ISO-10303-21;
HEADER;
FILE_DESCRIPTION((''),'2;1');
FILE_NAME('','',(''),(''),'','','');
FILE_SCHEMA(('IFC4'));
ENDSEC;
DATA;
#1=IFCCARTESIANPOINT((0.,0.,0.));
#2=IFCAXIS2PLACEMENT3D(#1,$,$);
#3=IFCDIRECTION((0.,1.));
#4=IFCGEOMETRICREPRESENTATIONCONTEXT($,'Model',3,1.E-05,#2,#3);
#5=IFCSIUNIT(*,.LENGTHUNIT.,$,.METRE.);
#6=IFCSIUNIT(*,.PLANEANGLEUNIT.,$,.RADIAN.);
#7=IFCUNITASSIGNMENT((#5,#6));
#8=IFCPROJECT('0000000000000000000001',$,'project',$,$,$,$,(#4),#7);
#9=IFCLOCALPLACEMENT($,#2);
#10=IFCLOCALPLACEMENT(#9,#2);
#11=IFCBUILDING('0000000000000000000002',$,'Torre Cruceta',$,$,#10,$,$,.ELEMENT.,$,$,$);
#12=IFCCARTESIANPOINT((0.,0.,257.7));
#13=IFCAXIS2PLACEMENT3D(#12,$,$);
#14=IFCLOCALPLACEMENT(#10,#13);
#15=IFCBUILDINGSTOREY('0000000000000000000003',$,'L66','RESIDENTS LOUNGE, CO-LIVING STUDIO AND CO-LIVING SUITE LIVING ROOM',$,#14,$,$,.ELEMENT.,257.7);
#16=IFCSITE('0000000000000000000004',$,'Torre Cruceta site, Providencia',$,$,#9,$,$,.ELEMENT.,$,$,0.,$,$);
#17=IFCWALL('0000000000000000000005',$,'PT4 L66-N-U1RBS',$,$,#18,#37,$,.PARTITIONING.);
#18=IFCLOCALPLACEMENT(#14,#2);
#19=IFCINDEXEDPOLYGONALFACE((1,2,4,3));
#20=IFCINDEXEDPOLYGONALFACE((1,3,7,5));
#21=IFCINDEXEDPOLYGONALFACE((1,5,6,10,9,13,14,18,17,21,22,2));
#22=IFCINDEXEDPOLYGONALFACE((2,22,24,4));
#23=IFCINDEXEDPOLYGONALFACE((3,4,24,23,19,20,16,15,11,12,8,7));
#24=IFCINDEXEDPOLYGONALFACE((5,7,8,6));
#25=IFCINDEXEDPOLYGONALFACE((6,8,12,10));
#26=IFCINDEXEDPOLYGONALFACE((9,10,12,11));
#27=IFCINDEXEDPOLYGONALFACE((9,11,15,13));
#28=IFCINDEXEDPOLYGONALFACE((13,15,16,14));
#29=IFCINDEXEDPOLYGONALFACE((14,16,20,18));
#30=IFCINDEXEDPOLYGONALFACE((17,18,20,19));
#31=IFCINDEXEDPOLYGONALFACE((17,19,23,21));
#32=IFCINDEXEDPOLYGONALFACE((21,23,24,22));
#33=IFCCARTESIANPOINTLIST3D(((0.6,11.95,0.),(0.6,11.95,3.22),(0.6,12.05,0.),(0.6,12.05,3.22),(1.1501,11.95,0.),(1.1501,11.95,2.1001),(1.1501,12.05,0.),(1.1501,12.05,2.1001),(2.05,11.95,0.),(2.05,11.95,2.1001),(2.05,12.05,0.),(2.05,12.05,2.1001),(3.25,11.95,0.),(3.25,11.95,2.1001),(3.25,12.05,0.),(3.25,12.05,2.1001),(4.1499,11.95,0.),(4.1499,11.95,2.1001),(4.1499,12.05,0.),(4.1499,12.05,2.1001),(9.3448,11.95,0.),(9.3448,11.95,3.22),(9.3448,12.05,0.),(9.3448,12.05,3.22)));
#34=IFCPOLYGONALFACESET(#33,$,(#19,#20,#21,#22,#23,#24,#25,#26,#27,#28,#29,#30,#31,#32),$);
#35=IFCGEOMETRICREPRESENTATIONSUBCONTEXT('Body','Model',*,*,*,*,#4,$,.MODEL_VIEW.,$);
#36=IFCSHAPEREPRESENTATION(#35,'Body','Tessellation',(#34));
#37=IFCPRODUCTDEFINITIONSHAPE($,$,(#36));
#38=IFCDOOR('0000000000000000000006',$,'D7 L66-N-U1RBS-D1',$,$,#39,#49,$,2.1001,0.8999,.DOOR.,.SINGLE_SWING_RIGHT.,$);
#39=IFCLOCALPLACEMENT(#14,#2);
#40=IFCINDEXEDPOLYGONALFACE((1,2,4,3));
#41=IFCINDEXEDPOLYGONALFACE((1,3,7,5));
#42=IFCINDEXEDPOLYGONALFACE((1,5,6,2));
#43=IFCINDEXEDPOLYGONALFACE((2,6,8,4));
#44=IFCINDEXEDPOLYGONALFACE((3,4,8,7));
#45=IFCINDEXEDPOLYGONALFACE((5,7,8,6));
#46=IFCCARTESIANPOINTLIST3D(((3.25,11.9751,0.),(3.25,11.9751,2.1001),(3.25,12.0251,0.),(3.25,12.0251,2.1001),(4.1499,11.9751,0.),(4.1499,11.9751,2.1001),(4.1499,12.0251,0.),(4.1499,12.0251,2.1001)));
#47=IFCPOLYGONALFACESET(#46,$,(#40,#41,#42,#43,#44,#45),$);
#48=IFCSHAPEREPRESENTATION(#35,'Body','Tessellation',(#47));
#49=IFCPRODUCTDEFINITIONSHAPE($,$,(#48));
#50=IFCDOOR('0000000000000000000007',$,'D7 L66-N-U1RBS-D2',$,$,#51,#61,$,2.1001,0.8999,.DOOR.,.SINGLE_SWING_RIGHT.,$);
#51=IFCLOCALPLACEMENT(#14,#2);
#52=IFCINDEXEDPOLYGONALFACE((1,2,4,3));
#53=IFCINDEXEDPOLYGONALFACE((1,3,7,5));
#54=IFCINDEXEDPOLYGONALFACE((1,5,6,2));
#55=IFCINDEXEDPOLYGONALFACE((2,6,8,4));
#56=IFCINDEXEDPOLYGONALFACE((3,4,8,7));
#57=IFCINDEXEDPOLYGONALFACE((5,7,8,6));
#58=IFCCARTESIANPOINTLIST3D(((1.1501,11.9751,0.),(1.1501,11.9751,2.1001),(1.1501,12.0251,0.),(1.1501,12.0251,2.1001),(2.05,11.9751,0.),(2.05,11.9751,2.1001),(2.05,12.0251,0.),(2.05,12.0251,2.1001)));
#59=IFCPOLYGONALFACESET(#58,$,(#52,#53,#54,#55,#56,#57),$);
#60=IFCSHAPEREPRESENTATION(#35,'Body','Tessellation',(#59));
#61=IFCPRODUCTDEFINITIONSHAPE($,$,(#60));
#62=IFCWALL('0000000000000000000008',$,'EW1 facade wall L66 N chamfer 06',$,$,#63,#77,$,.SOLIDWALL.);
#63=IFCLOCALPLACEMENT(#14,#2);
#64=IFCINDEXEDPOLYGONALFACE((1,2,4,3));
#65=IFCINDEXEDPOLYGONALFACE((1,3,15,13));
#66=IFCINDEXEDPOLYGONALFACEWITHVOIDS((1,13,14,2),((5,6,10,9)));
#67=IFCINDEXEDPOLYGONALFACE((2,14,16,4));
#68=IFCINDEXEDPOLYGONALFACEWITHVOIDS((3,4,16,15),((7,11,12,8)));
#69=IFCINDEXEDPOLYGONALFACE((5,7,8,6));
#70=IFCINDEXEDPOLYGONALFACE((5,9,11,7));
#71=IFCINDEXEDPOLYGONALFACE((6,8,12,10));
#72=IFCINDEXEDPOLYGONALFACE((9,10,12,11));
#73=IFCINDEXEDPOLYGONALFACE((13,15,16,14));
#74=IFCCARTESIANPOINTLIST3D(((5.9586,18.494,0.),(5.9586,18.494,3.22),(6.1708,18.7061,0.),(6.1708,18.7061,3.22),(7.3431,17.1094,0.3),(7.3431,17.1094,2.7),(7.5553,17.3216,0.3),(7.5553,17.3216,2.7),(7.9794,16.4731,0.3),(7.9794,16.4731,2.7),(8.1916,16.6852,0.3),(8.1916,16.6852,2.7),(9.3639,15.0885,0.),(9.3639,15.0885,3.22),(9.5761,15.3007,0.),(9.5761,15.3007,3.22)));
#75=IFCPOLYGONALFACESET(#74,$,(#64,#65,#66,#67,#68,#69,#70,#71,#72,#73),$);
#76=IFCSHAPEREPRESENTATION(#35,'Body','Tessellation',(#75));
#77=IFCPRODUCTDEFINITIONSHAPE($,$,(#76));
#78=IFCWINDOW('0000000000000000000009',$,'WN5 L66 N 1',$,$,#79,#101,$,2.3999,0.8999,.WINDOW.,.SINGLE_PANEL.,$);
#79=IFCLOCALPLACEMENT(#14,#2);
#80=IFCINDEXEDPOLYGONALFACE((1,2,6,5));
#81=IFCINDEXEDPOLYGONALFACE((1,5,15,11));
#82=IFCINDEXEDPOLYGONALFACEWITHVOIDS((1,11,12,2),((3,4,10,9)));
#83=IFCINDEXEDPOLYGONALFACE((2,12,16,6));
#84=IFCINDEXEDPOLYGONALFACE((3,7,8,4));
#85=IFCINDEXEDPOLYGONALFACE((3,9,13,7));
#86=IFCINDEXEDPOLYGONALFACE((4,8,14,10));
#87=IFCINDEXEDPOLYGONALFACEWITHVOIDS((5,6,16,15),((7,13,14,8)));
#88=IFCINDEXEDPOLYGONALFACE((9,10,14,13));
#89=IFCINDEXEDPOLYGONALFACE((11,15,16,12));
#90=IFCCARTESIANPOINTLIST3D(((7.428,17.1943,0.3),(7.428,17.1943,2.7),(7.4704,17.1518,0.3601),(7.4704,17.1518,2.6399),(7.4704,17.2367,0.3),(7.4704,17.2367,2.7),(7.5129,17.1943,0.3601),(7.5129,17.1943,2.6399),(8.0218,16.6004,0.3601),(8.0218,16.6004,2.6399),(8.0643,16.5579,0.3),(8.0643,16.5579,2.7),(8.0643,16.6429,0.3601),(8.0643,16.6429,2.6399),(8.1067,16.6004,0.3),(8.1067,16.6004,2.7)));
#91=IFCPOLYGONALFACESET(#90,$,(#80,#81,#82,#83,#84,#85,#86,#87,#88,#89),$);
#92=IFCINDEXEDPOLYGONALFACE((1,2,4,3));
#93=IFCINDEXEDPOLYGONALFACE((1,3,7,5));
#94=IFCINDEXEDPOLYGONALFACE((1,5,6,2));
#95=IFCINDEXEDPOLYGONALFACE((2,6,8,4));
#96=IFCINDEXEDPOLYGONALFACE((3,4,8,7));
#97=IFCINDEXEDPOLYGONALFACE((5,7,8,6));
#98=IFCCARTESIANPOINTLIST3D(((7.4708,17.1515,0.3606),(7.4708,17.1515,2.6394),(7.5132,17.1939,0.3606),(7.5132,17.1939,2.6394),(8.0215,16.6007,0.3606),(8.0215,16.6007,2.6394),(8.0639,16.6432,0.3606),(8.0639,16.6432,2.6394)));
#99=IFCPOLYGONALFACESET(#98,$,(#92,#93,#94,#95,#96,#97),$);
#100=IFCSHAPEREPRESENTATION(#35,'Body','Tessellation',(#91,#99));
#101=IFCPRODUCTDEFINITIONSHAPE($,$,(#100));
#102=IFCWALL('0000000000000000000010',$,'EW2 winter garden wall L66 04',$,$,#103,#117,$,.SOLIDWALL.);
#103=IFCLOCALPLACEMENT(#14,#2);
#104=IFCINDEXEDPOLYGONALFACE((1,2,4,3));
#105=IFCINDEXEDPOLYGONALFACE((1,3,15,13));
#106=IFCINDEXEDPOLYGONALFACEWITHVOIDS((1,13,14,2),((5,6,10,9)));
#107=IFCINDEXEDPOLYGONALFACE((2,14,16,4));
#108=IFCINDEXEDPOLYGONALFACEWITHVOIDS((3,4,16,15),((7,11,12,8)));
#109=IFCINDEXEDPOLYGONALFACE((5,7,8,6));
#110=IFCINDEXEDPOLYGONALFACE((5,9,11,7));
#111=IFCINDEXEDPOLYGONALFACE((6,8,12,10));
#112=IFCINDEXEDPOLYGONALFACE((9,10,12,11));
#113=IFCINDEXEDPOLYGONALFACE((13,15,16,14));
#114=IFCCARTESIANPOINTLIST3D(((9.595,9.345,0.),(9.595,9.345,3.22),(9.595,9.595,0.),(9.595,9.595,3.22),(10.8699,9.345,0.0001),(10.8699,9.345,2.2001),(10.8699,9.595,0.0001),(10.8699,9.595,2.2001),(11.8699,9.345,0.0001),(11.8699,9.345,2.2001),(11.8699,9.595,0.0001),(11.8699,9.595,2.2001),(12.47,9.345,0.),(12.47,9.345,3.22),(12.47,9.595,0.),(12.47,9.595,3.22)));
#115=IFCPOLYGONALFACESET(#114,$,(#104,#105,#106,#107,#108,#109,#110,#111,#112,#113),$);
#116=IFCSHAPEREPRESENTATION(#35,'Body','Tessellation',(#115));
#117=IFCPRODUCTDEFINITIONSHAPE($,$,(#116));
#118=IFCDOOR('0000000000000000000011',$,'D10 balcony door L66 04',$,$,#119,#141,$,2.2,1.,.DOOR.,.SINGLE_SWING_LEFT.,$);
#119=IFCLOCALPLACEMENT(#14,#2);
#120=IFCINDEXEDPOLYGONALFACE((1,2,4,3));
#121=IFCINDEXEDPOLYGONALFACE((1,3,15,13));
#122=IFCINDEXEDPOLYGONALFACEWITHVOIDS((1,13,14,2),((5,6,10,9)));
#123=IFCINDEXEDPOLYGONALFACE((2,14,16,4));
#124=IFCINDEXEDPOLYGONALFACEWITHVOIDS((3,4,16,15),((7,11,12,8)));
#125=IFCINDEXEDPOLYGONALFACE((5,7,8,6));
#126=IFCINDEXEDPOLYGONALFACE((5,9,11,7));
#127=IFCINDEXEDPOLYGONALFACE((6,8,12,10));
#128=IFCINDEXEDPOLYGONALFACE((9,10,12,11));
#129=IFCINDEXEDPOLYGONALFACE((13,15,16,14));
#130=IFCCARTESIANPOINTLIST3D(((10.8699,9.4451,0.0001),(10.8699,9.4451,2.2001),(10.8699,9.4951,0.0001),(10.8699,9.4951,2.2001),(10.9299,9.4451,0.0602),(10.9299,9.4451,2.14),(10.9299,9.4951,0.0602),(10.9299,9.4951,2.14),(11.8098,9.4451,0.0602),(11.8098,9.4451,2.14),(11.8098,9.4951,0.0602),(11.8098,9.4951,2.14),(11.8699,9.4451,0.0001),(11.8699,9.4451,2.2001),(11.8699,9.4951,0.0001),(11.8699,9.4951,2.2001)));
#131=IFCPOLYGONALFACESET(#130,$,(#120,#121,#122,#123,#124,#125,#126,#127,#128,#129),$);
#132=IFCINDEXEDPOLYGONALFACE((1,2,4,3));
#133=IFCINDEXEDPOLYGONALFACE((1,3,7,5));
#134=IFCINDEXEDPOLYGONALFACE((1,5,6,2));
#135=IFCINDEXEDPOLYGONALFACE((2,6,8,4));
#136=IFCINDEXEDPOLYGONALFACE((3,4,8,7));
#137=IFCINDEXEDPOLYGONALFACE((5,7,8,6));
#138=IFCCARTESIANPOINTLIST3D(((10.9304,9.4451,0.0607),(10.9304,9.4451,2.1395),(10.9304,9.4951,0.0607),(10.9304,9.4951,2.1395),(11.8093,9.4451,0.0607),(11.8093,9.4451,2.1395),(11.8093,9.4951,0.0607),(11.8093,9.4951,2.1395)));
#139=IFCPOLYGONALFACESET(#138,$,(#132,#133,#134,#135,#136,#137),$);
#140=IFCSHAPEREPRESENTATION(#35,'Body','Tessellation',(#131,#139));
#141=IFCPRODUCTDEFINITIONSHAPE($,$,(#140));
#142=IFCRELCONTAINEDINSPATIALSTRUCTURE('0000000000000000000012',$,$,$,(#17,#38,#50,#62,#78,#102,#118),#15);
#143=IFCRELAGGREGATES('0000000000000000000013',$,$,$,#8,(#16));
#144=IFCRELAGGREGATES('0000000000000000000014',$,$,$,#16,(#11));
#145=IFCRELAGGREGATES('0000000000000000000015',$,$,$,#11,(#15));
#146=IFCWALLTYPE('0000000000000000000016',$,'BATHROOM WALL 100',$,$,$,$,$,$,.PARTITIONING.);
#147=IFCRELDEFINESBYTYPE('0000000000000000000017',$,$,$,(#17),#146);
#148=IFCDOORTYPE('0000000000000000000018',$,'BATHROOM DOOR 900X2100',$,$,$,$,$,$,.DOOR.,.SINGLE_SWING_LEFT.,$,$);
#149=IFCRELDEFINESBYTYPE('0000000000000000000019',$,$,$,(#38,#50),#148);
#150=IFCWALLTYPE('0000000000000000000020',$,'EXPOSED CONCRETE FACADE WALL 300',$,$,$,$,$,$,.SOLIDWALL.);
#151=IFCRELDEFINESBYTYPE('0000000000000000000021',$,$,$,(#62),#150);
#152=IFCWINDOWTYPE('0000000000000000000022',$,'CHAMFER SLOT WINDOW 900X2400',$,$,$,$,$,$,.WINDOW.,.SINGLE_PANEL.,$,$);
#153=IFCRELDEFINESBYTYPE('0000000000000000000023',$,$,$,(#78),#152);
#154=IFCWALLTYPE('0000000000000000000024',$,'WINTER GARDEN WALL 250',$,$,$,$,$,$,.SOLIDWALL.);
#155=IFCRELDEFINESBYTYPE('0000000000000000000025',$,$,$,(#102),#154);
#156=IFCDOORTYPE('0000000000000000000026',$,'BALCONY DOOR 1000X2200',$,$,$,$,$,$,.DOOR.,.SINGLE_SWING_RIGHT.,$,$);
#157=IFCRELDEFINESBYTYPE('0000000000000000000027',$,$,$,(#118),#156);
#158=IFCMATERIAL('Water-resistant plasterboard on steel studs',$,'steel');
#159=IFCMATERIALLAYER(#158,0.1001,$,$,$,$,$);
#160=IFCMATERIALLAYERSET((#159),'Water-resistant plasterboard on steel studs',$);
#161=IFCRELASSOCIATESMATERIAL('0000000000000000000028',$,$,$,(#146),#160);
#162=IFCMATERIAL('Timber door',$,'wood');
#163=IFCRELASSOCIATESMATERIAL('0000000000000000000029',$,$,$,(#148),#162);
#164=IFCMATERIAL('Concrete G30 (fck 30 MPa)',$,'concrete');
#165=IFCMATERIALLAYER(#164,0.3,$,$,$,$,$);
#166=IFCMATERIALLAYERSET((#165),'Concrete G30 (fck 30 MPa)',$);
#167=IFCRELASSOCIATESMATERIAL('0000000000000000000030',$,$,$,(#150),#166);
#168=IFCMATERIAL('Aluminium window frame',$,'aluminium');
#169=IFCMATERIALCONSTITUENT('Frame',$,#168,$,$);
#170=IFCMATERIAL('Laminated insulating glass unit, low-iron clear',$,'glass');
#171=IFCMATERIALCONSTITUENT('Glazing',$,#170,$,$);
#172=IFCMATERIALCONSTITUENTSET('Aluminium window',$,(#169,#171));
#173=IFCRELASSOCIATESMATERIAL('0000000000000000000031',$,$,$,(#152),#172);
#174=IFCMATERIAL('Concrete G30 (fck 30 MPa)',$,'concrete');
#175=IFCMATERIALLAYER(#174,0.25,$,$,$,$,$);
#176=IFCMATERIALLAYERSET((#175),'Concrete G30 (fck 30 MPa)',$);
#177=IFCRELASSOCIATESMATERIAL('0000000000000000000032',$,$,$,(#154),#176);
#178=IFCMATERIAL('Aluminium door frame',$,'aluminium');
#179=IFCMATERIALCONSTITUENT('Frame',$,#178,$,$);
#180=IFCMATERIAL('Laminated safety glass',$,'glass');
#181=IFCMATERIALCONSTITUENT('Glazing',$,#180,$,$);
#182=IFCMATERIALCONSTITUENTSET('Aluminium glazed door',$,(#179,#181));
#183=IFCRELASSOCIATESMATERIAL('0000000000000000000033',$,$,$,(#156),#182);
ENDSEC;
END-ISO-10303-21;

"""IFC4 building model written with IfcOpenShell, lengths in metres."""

from ifc_helpers import new_model, si_unit, direction, frame, frame_2d, origin, place, context, subcontext, project, spatial, rectangle, hollow_rectangle, extrude, material, layer, layer_set, constituent, constituent_set, type_object, element, fill, save


model = new_model("IFC4")

# Units and contexts
model_context = context("Model", 3, precision=1e-05, world=origin(), true_north=direction((0.0, 1.0)))
body_context = subcontext(model_context, "Body", "Model", "MODEL_VIEW")
ifc_project = project(units=[si_unit("LENGTHUNIT", "METRE"), si_unit("PLANEANGLEUNIT", "RADIAN")], contexts=[model_context])

# Site, building, storey
site_placement = place(None, origin())
site = spatial("IfcSite", under=ifc_project, at=site_placement, Name="Torre Cruceta site, Providencia", CompositionType="ELEMENT", RefElevation=0.0)
building_placement = place(site_placement, origin())
building = spatial("IfcBuilding", under=site, at=building_placement, Name="Torre Cruceta", CompositionType="ELEMENT")
storey_placement = place(building_placement, frame((0.0, 0.0, 257.7)))
storey = spatial("IfcBuildingStorey", under=building, at=storey_placement, Name="L66", Description="RESIDENTS LOUNGE, CO-LIVING STUDIO AND CO-LIVING SUITE LIVING ROOM", CompositionType="ELEMENT", Elevation=257.7)

# Wall, openings, doors
ifc_material_1 = material(Name="Water-resistant plasterboard on steel studs", Category="steel")
ifc_layer_1 = layer(ifc_material_1, 0.1001)
ifc_layer_set_1 = layer_set([ifc_layer_1], Name="Water-resistant plasterboard on steel studs")
wall_type_1 = type_object("IfcWallType", Name="BATHROOM WALL 100", PredefinedType="PARTITIONING", material=ifc_layer_set_1)
wall_1_placement = place(storey_placement, frame((9.345, 12.0, 0.0), z_axis=(0.0, 0.0, 1.0), x_axis=(-1.0, 0.0, 0.0)))
wall_1 = element("IfcWall", 1, at=wall_1_placement, inside=storey, type_object=wall_type_1, Name="PT4 L66-N-U1RBS", PredefinedType="PARTITIONING", context=body_context, shape_type="SweptSolid", body=[
    extrude(rectangle(XDim=8.7449, YDim=0.1001, at=frame_2d((4.3726, 0.0))), origin(), (0.0, 0.0, 1.0), 3.22),
])
opening_1_placement = place(wall_1_placement, frame((5.1951, 0.0, 0.0)))
opening_1 = element("IfcOpeningElement", 2, at=opening_1_placement, cuts=wall_1, PredefinedType="OPENING", context=body_context, shape_type="SweptSolid", body=[
    extrude(rectangle(XDim=0.8999, YDim=2.1001, at=frame_2d((0.45, 1.05))), frame((0.0, 0.0601, 0.0), z_axis=(0.0, -1.0, 0.0), x_axis=(1.0, 0.0, 0.0)), (0.0, 0.0, 1.0), 0.1201),
])
opening_2_placement = place(wall_1_placement, frame((7.2949, 0.0, 0.0)))
opening_2 = element("IfcOpeningElement", 3, at=opening_2_placement, cuts=wall_1, PredefinedType="OPENING", context=body_context, shape_type="SweptSolid", body=[
    extrude(rectangle(XDim=0.8999, YDim=2.1001, at=frame_2d((0.45, 1.05))), frame((0.0, 0.0601, 0.0), z_axis=(0.0, -1.0, 0.0), x_axis=(1.0, 0.0, 0.0)), (0.0, 0.0, 1.0), 0.1201),
])
ifc_material_2 = material(Name="Timber door", Category="wood")
door_type_1 = type_object("IfcDoorType", Name="BATHROOM DOOR 900X2100", OperationType="SINGLE_SWING_LEFT", PredefinedType="DOOR", material=ifc_material_2)
door_1_placement = place(opening_1_placement, origin())
door_1 = element("IfcDoor", 4, at=door_1_placement, inside=storey, type_object=door_type_1, Name="D7 L66-N-U1RBS-D1", OperationType="SINGLE_SWING_RIGHT", OverallHeight=2.1001, OverallWidth=0.8999, PredefinedType="DOOR", context=body_context, shape_type="SweptSolid", body=[
    extrude(rectangle(XDim=0.8999, YDim=2.1001, at=frame_2d((0.45, 1.05))), frame((0.0, 0.0249, 0.0), z_axis=(0.0, -1.0, 0.0), x_axis=(1.0, 0.0, 0.0)), (0.0, 0.0, 1.0), 0.05),
])
fill(opening_1, door_1)
door_2_placement = place(opening_2_placement, origin())
door_2 = element("IfcDoor", 5, at=door_2_placement, inside=storey, type_object=door_type_1, Name="D7 L66-N-U1RBS-D2", OperationType="SINGLE_SWING_RIGHT", OverallHeight=2.1001, OverallWidth=0.8999, PredefinedType="DOOR", context=body_context, shape_type="SweptSolid", body=[
    extrude(rectangle(XDim=0.8999, YDim=2.1001, at=frame_2d((0.45, 1.05))), frame((0.0, 0.0249, 0.0), z_axis=(0.0, -1.0, 0.0), x_axis=(1.0, 0.0, 0.0)), (0.0, 0.0, 1.0), 0.05),
])
fill(opening_2, door_2)

# Wall, opening, window
ifc_material_3 = material(Name="Concrete G30 (fck 30 MPa)", Category="concrete")
ifc_layer_2 = layer(ifc_material_3, 0.3)
ifc_layer_set_2 = layer_set([ifc_layer_2], Name="Concrete G30 (fck 30 MPa)")
wall_type_2 = type_object("IfcWallType", Name="EXPOSED CONCRETE FACADE WALL 300", PredefinedType="SOLIDWALL", material=ifc_layer_set_2)
wall_2_placement = place(storey_placement, frame((9.47, 15.1946, 0.0), z_axis=(0.0, 0.0, 1.0), x_axis=(-0.707081, 0.707132, 0.0)))
wall_2 = element("IfcWall", 6, at=wall_2_placement, inside=storey, type_object=wall_type_2, Name="EW1 facade wall L66 N chamfer 06", PredefinedType="SOLIDWALL", context=body_context, shape_type="SweptSolid", body=[
    extrude(rectangle(XDim=4.8159, YDim=0.3, at=frame_2d((2.408, 0.0))), origin(), (0.0, 0.0, 1.0), 3.22),
])
opening_3_placement = place(wall_2_placement, frame((1.958, 0.0, 0.3)))
opening_3 = element("IfcOpeningElement", 7, at=opening_3_placement, cuts=wall_2, PredefinedType="OPENING", context=body_context, shape_type="SweptSolid", body=[
    extrude(rectangle(XDim=0.8999, YDim=2.3999, at=frame_2d((0.45, 1.2))), frame((0.0, 0.1599, 0.0), z_axis=(0.0, -1.0, 0.0), x_axis=(1.0, 0.0, 0.0)), (0.0, 0.0, 1.0), 0.3201),
])
ifc_material_4 = material(Name="Aluminium window frame", Category="aluminium")
ifc_constituent_1 = constituent(ifc_material_4, Name="Frame")
ifc_material_5 = material(Name="Laminated insulating glass unit, low-iron clear", Category="glass")
ifc_constituent_2 = constituent(ifc_material_5, Name="Glazing")
ifc_constituent_set_1 = constituent_set(constituents=[ifc_constituent_1, ifc_constituent_2], Name="Aluminium window")
window_type = type_object("IfcWindowType", Name="CHAMFER SLOT WINDOW 900X2400", PartitioningType="SINGLE_PANEL", PredefinedType="WINDOW", material=ifc_constituent_set_1)
window_placement = place(opening_3_placement, origin())
window = element("IfcWindow", 8, at=window_placement, inside=storey, type_object=window_type, Name="WN5 L66 N 1", OverallHeight=2.3999, OverallWidth=0.8999, PartitioningType="SINGLE_PANEL", PredefinedType="WINDOW", context=body_context, shape_type="SweptSolid", body=[
    extrude(hollow_rectangle(XDim=0.8999, YDim=2.3999, WallThickness=0.0601, at=frame_2d((0.45, 1.2))), frame((0.0, 0.03, 0.0), z_axis=(0.0, -1.0, 0.0), x_axis=(1.0, 0.0, 0.0)), (0.0, 0.0, 1.0), 0.0601),
    extrude(rectangle(XDim=0.7788, YDim=2.2788, at=frame_2d((0.45, 1.2))), frame((0.0, 0.03, 0.0), z_axis=(0.0, -1.0, 0.0), x_axis=(1.0, 0.0, 0.0)), (0.0, 0.0, 1.0), 0.0601),
])
fill(opening_3, window)

# Wall, opening, door
ifc_material_6 = material(Name="Concrete G30 (fck 30 MPa)", Category="concrete")
ifc_layer_3 = layer(ifc_material_6, 0.25)
ifc_layer_set_3 = layer_set([ifc_layer_3], Name="Concrete G30 (fck 30 MPa)")
wall_type_3 = type_object("IfcWallType", Name="WINTER GARDEN WALL 250", PredefinedType="SOLIDWALL", material=ifc_layer_set_3)
wall_3_placement = place(storey_placement, frame((12.47, 9.47, 0.0), z_axis=(0.0, 0.0, 1.0), x_axis=(-1.0, 0.0, 0.0)))
wall_3 = element("IfcWall", 9, at=wall_3_placement, inside=storey, type_object=wall_type_3, Name="EW2 winter garden wall L66 04", PredefinedType="SOLIDWALL", context=body_context, shape_type="SweptSolid", body=[
    extrude(rectangle(XDim=2.875, YDim=0.25, at=frame_2d((1.4375, 0.0))), origin(), (0.0, 0.0, 1.0), 3.22),
])
opening_4_placement = place(wall_3_placement, frame((0.6001, 0.0, 0.0)))
opening_4 = element("IfcOpeningElement", 10, at=opening_4_placement, cuts=wall_3, PredefinedType="OPENING", context=body_context, shape_type="SweptSolid", body=[
    extrude(rectangle(XDim=1.0, YDim=2.2, at=frame_2d((0.5, 1.1001))), frame((0.0, 0.135, 0.0), z_axis=(0.0, -1.0, 0.0), x_axis=(1.0, 0.0, 0.0)), (0.0, 0.0, 1.0), 0.27),
])
ifc_material_7 = material(Name="Aluminium door frame", Category="aluminium")
ifc_constituent_3 = constituent(ifc_material_7, Name="Frame")
ifc_material_8 = material(Name="Laminated safety glass", Category="glass")
ifc_constituent_4 = constituent(ifc_material_8, Name="Glazing")
ifc_constituent_set_2 = constituent_set(constituents=[ifc_constituent_3, ifc_constituent_4], Name="Aluminium glazed door")
door_type_2 = type_object("IfcDoorType", Name="BALCONY DOOR 1000X2200", OperationType="SINGLE_SWING_RIGHT", PredefinedType="DOOR", material=ifc_constituent_set_2)
door_3_placement = place(opening_4_placement, origin())
door_3 = element("IfcDoor", 11, at=door_3_placement, inside=storey, type_object=door_type_2, Name="D10 balcony door L66 04", OperationType="SINGLE_SWING_LEFT", OverallHeight=2.2, OverallWidth=1.0, PredefinedType="DOOR", context=body_context, shape_type="SweptSolid", body=[
    extrude(hollow_rectangle(XDim=1.0, YDim=2.2, WallThickness=0.0601, at=frame_2d((0.5, 1.1001))), frame((0.0, 0.0249, 0.0), z_axis=(0.0, -1.0, 0.0), x_axis=(1.0, 0.0, 0.0)), (0.0, 0.0, 1.0), 0.05),
    extrude(rectangle(XDim=0.8789, YDim=2.0789, at=frame_2d((0.5, 1.1001))), frame((0.0, 0.0249, 0.0), z_axis=(0.0, -1.0, 0.0), x_axis=(1.0, 0.0, 0.0)), (0.0, 0.0, 1.0), 0.05),
])
fill(opening_4, door_3)

save(model, "model.ifc")
